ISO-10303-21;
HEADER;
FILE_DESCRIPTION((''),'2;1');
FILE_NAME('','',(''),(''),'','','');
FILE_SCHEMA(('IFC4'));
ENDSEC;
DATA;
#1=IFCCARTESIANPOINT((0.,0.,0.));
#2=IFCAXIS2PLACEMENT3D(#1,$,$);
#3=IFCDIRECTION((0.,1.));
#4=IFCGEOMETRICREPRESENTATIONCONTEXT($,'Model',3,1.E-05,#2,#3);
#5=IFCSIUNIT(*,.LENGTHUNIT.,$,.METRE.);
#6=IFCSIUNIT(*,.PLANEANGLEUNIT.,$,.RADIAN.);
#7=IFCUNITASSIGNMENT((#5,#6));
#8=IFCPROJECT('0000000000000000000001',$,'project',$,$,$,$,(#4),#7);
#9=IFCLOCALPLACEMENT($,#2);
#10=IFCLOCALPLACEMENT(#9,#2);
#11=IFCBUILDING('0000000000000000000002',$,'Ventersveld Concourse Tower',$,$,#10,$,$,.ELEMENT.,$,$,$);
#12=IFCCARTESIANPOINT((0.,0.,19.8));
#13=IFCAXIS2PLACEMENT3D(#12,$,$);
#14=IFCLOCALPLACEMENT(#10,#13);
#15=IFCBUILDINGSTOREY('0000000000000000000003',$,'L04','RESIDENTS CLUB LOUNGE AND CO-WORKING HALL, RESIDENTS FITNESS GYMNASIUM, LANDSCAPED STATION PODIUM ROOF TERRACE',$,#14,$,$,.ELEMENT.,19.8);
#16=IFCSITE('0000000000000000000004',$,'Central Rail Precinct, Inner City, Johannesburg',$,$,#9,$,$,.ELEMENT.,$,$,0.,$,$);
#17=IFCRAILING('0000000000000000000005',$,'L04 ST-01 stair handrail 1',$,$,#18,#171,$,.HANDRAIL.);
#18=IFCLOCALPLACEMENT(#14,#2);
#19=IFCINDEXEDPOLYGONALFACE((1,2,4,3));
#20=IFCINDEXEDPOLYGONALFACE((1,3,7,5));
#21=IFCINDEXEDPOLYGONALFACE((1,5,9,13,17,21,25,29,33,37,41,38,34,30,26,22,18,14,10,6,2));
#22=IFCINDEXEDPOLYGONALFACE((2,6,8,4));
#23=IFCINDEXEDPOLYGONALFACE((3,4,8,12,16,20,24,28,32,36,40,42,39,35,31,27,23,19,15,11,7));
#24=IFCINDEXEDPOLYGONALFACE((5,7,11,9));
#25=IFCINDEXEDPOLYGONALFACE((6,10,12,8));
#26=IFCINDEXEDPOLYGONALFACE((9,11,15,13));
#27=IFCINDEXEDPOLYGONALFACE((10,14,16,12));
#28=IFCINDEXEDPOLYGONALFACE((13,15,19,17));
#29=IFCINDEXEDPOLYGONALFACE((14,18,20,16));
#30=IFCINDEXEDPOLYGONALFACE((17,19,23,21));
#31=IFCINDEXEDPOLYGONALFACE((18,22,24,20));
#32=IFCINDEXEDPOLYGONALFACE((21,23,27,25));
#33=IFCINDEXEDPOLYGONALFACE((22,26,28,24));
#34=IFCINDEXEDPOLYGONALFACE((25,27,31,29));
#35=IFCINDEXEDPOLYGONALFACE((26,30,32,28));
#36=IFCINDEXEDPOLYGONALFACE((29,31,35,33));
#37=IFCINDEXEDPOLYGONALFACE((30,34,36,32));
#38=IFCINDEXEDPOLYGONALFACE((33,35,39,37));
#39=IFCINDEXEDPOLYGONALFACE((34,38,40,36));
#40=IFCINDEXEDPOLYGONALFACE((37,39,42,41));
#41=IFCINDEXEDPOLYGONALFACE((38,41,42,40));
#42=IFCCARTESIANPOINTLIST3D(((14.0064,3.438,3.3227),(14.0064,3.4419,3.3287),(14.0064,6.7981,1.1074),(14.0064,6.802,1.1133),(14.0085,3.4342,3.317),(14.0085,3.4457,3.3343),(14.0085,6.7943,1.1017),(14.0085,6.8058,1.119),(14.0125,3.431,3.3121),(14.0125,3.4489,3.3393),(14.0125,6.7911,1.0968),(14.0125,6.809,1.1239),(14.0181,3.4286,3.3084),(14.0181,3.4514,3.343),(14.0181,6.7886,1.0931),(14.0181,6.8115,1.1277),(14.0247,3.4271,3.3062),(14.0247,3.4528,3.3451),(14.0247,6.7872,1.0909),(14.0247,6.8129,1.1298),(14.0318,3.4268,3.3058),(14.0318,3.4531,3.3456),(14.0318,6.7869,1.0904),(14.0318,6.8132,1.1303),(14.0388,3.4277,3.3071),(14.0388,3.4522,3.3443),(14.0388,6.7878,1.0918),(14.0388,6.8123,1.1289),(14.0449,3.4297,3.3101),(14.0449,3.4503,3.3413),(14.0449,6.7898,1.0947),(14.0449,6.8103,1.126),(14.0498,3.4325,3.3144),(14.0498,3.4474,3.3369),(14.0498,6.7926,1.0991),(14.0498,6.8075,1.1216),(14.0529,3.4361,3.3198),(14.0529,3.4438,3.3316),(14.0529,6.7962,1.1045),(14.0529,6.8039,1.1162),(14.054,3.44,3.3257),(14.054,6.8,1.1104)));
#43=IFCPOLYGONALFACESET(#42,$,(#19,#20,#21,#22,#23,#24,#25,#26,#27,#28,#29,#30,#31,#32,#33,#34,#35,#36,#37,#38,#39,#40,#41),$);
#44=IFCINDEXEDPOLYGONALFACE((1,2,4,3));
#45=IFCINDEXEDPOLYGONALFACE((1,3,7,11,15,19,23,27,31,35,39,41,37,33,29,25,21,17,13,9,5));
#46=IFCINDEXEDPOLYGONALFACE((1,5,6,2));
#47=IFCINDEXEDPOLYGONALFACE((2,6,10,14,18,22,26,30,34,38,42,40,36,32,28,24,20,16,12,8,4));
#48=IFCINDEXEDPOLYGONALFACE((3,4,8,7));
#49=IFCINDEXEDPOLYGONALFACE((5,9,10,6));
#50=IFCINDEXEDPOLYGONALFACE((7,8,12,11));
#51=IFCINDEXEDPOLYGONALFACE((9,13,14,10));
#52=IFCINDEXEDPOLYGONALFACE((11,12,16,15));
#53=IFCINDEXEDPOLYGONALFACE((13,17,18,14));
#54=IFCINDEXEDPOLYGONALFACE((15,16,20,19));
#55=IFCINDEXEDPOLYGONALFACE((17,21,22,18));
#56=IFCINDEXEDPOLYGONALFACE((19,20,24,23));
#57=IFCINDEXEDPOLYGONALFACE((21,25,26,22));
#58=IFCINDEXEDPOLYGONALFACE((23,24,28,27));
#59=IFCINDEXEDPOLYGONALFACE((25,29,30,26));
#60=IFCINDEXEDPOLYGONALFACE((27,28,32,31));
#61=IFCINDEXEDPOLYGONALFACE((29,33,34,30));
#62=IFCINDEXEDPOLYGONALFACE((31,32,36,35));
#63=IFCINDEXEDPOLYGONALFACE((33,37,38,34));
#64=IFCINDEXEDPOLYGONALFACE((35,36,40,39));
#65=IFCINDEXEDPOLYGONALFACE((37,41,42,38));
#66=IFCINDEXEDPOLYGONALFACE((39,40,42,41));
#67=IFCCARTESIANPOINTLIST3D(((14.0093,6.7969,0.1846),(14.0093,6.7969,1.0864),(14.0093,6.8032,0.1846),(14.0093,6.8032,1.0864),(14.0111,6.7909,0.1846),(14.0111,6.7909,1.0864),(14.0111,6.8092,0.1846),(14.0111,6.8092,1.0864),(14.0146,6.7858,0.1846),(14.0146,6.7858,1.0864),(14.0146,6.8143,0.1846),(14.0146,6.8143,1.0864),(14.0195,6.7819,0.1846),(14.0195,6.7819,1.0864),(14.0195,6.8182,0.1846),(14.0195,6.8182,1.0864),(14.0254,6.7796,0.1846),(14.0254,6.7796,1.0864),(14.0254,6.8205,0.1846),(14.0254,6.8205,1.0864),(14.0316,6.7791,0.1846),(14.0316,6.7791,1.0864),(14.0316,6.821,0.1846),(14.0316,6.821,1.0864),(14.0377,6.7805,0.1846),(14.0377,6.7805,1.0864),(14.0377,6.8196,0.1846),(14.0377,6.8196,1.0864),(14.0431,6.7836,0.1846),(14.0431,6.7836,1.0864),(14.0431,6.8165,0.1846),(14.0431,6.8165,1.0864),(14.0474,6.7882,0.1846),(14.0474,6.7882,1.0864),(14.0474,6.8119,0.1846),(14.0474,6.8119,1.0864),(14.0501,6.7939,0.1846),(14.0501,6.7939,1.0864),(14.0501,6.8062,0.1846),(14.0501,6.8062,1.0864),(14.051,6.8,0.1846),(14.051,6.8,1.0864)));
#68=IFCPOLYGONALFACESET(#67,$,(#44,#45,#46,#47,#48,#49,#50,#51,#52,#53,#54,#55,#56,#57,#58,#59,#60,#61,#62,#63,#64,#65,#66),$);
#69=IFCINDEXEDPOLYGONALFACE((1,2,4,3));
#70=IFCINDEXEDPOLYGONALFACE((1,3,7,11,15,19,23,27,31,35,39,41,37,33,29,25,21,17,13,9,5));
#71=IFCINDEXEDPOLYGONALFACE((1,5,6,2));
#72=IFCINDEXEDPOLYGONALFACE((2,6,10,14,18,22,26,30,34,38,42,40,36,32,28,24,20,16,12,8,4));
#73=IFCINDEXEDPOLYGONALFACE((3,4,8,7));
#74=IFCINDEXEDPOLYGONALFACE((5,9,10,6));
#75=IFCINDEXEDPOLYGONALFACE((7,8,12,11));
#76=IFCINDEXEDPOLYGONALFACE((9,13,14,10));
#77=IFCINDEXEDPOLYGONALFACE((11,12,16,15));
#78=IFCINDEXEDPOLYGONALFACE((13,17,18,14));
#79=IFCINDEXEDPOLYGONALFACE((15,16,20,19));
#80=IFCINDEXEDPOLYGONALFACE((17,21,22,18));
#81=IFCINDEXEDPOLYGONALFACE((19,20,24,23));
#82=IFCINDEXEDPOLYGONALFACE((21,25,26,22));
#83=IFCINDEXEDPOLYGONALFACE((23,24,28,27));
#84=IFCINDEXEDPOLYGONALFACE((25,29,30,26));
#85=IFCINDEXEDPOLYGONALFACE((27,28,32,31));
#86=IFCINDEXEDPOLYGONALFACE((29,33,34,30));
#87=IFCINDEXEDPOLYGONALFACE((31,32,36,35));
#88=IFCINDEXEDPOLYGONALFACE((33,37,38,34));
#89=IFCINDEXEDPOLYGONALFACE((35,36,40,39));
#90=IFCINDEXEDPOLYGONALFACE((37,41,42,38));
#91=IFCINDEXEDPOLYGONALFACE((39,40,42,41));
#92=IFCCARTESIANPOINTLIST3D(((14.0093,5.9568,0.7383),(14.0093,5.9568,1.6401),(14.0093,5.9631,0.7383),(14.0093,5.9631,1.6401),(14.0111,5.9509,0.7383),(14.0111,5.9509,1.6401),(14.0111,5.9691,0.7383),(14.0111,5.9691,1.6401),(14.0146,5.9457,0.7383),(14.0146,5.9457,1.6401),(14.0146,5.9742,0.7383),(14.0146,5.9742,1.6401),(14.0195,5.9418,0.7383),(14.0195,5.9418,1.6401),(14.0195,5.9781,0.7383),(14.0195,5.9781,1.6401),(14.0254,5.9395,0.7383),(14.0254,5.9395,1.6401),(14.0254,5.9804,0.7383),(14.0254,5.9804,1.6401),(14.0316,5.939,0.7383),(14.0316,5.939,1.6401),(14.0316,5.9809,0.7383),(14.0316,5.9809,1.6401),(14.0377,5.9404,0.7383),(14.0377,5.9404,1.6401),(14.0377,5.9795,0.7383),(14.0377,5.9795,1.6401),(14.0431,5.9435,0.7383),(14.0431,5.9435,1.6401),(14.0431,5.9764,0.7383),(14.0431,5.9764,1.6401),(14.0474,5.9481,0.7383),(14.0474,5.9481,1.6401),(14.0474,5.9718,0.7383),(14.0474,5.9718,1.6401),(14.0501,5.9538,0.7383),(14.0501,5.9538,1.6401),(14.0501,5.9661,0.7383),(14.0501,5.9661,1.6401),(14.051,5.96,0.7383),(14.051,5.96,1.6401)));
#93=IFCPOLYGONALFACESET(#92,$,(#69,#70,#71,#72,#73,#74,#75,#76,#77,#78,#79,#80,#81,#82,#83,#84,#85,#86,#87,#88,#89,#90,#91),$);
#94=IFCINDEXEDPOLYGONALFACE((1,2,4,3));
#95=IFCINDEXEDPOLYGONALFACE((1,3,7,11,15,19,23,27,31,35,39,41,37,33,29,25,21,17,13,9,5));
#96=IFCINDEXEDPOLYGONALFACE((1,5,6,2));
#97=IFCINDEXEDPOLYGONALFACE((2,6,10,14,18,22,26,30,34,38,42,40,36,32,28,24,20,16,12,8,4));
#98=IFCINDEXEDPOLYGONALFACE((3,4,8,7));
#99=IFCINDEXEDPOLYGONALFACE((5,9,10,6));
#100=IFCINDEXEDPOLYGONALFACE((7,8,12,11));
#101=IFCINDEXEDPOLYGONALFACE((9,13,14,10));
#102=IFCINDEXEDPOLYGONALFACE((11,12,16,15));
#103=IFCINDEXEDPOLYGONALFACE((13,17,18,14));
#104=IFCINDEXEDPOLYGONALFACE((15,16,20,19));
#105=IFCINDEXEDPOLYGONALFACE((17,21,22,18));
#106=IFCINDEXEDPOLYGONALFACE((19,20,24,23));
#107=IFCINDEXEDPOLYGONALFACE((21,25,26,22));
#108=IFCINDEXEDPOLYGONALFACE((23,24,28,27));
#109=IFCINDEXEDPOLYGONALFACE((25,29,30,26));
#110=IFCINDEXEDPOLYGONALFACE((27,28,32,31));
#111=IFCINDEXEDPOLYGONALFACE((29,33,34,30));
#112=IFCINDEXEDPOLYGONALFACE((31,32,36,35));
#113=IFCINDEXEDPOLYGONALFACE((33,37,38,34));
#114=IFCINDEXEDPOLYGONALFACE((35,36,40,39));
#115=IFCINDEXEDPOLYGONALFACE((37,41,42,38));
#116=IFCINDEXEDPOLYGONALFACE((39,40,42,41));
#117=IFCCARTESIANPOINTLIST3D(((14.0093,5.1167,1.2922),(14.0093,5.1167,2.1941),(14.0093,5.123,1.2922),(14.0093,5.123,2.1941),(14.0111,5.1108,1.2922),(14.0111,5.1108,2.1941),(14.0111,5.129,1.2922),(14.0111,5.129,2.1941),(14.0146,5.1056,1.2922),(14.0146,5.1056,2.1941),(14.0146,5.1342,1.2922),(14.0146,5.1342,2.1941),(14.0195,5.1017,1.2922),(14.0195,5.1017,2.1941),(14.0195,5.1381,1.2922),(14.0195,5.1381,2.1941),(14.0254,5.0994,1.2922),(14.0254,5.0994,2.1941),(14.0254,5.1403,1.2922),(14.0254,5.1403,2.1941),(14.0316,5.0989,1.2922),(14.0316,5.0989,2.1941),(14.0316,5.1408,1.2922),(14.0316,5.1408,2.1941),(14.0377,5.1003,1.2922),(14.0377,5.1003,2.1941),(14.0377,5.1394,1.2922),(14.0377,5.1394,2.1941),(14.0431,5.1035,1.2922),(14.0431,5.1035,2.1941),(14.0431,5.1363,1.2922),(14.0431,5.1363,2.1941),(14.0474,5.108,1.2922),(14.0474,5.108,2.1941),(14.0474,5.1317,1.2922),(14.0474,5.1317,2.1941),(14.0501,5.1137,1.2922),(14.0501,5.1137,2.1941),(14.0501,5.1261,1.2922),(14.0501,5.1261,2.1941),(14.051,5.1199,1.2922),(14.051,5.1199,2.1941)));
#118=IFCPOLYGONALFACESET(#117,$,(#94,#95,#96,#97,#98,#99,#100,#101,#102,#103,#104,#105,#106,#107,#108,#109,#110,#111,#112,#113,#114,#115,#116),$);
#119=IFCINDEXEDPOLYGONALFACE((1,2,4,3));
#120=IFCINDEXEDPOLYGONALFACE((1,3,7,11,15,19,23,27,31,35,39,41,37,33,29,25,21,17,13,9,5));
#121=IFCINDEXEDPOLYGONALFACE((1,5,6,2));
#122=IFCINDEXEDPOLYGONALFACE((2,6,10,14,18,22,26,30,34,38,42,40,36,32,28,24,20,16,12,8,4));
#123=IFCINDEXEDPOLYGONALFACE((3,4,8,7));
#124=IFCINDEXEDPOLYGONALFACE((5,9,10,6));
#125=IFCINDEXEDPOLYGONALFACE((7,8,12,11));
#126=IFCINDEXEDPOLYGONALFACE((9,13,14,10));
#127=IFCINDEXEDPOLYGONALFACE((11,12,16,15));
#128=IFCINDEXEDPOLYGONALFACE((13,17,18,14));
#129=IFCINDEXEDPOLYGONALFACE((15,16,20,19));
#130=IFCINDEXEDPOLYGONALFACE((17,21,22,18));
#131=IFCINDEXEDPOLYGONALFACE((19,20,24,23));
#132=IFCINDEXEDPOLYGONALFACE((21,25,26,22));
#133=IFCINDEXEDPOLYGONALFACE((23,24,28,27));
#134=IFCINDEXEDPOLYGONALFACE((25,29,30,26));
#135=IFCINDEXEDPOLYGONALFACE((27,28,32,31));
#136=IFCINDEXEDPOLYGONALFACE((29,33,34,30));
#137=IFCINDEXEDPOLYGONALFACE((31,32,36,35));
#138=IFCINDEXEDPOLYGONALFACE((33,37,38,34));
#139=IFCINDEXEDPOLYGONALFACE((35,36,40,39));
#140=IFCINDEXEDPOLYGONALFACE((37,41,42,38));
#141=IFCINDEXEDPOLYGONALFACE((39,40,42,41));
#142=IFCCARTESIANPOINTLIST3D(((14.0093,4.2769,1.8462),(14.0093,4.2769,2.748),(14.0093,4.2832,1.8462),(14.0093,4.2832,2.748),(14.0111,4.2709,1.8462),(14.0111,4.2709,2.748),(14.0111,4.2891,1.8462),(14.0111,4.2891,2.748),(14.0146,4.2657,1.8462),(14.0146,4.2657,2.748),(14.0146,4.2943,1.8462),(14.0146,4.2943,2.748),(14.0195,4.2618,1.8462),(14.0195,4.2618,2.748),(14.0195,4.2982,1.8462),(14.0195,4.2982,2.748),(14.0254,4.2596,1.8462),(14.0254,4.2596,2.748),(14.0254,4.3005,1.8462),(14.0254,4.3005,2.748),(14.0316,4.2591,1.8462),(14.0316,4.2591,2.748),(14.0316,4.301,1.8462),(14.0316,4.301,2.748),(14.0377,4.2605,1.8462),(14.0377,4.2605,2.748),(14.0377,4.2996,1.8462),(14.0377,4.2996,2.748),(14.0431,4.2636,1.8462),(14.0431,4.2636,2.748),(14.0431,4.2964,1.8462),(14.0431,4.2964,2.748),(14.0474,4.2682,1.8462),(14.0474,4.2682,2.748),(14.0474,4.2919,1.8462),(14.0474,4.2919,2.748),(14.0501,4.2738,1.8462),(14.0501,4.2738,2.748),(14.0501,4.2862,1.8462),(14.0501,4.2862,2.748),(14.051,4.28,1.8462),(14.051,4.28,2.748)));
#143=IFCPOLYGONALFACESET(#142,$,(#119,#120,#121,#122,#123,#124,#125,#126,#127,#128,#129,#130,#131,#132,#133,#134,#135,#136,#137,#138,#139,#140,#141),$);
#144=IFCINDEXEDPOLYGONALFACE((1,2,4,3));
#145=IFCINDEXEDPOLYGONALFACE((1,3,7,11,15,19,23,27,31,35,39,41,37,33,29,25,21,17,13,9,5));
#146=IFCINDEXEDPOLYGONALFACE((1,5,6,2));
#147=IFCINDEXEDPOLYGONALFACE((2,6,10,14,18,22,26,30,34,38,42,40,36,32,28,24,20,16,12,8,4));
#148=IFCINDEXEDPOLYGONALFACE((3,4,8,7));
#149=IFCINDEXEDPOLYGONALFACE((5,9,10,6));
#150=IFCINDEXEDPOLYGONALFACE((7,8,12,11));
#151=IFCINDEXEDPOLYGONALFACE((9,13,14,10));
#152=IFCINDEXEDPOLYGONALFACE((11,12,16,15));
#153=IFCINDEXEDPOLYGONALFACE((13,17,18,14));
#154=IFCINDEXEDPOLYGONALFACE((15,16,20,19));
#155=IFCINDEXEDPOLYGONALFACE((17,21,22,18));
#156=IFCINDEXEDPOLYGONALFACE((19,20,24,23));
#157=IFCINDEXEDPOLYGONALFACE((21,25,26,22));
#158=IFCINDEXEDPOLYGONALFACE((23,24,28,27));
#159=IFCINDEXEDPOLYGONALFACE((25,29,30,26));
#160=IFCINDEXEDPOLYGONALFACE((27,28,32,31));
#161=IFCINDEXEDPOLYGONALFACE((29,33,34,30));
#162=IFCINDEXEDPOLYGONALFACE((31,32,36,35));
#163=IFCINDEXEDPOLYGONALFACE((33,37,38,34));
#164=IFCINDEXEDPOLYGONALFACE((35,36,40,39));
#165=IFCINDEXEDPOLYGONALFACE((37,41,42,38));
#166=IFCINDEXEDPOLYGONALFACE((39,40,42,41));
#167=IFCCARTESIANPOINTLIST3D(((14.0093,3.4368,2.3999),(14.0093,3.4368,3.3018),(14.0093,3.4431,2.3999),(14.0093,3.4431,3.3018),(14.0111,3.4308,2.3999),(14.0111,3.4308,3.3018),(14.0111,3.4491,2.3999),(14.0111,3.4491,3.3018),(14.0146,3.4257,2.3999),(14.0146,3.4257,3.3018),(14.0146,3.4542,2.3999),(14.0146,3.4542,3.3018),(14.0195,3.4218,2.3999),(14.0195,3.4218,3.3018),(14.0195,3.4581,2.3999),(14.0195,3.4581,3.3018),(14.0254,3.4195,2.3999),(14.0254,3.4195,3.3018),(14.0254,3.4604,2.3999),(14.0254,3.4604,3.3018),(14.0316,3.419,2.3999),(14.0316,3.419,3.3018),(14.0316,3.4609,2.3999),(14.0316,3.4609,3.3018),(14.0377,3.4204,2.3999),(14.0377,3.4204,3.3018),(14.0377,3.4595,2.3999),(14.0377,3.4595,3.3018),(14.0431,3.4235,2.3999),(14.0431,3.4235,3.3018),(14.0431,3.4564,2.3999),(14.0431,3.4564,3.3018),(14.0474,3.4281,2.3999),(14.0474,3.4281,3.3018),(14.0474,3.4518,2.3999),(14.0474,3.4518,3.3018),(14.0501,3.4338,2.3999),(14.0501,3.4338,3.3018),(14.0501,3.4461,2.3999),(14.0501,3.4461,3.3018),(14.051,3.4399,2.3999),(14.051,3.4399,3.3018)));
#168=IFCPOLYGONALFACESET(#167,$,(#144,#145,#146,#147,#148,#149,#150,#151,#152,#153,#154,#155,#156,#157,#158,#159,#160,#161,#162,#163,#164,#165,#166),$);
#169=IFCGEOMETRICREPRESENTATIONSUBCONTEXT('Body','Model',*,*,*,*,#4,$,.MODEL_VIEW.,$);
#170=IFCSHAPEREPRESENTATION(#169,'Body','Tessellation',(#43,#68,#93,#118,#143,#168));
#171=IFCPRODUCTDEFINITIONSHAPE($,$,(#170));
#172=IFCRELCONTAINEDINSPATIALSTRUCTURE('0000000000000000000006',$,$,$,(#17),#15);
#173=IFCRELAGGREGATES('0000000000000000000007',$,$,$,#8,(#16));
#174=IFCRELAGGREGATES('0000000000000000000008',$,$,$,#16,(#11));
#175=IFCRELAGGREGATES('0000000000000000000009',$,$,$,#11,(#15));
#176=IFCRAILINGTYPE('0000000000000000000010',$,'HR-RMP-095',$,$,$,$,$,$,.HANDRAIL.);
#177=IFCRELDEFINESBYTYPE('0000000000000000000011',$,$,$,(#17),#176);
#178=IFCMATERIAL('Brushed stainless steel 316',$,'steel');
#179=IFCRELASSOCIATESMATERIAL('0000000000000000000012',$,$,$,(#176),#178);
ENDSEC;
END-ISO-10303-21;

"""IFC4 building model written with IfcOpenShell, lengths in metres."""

from ifc_helpers import new_model, si_unit, direction, frame, origin, origin_2d, place, context, subcontext, project, spatial, circle, extrude, material, type_object, element, save


model = new_model("IFC4")

# Units and contexts
model_context = context("Model", 3, precision=1e-05, world=origin(), true_north=direction((0.0, 1.0)))
body_context = subcontext(model_context, "Body", "Model", "MODEL_VIEW")
ifc_project = project(units=[si_unit("LENGTHUNIT", "METRE"), si_unit("PLANEANGLEUNIT", "RADIAN")], contexts=[model_context])

# Site, building, storey
site_placement = place(None, origin())
site = spatial("IfcSite", under=ifc_project, at=site_placement, Name="Central Rail Precinct, Inner City, Johannesburg", CompositionType="ELEMENT", RefElevation=0.0)
building_placement = place(site_placement, origin())
building = spatial("IfcBuilding", under=site, at=building_placement, Name="Ventersveld Concourse Tower", CompositionType="ELEMENT")
storey_placement = place(building_placement, frame((0.0, 0.0, 19.8)))
storey = spatial("IfcBuildingStorey", under=building, at=storey_placement, Name="L04", Description="RESIDENTS CLUB LOUNGE AND CO-WORKING HALL, RESIDENTS FITNESS GYMNASIUM, LANDSCAPED STATION PODIUM ROOF TERRACE", CompositionType="ELEMENT", Elevation=19.8)

# Railing
ifc_material_1 = material(Name="Brushed stainless steel 316", Category="steel")
railing_type_1 = type_object("IfcRailingType", Name="HR-RMP-095", PredefinedType="HANDRAIL", material=ifc_material_1)
railing_1_placement = place(storey_placement, frame((14.03, 6.8, 0.1846)))
element("IfcRailing", 1, at=railing_1_placement, inside=storey, type_object=railing_type_1, Name="L04 ST-01 stair handrail 1", PredefinedType="HANDRAIL", context=body_context, shape_type="SweptSolid", body=[
    extrude(circle(Radius=0.0239, at=origin_2d()), frame((0.0, 0.0, 0.9258), z_axis=(0.0, -0.834876, 0.550437), x_axis=(1.0, 0.0, 0.0)), (0.0, 0.0, 1.0), 4.0247),
    extrude(circle(Radius=0.021, at=origin_2d()), origin(), (0.0, 0.0, 1.0), 0.9019),
    extrude(circle(Radius=0.021, at=origin_2d()), frame((0.0, -0.8401, 0.5537)), (0.0, 0.0, 1.0), 0.9019),
    extrude(circle(Radius=0.021, at=origin_2d()), frame((0.0, -1.6802, 1.1077)), (0.0, 0.0, 1.0), 0.9019),
    extrude(circle(Radius=0.021, at=origin_2d()), frame((0.0, -2.52, 1.6616)), (0.0, 0.0, 1.0), 0.9019),
    extrude(circle(Radius=0.021, at=origin_2d()), frame((0.0, -3.3601, 2.2153)), (0.0, 0.0, 1.0), 0.9019),
])

save(model, "model.ifc")
